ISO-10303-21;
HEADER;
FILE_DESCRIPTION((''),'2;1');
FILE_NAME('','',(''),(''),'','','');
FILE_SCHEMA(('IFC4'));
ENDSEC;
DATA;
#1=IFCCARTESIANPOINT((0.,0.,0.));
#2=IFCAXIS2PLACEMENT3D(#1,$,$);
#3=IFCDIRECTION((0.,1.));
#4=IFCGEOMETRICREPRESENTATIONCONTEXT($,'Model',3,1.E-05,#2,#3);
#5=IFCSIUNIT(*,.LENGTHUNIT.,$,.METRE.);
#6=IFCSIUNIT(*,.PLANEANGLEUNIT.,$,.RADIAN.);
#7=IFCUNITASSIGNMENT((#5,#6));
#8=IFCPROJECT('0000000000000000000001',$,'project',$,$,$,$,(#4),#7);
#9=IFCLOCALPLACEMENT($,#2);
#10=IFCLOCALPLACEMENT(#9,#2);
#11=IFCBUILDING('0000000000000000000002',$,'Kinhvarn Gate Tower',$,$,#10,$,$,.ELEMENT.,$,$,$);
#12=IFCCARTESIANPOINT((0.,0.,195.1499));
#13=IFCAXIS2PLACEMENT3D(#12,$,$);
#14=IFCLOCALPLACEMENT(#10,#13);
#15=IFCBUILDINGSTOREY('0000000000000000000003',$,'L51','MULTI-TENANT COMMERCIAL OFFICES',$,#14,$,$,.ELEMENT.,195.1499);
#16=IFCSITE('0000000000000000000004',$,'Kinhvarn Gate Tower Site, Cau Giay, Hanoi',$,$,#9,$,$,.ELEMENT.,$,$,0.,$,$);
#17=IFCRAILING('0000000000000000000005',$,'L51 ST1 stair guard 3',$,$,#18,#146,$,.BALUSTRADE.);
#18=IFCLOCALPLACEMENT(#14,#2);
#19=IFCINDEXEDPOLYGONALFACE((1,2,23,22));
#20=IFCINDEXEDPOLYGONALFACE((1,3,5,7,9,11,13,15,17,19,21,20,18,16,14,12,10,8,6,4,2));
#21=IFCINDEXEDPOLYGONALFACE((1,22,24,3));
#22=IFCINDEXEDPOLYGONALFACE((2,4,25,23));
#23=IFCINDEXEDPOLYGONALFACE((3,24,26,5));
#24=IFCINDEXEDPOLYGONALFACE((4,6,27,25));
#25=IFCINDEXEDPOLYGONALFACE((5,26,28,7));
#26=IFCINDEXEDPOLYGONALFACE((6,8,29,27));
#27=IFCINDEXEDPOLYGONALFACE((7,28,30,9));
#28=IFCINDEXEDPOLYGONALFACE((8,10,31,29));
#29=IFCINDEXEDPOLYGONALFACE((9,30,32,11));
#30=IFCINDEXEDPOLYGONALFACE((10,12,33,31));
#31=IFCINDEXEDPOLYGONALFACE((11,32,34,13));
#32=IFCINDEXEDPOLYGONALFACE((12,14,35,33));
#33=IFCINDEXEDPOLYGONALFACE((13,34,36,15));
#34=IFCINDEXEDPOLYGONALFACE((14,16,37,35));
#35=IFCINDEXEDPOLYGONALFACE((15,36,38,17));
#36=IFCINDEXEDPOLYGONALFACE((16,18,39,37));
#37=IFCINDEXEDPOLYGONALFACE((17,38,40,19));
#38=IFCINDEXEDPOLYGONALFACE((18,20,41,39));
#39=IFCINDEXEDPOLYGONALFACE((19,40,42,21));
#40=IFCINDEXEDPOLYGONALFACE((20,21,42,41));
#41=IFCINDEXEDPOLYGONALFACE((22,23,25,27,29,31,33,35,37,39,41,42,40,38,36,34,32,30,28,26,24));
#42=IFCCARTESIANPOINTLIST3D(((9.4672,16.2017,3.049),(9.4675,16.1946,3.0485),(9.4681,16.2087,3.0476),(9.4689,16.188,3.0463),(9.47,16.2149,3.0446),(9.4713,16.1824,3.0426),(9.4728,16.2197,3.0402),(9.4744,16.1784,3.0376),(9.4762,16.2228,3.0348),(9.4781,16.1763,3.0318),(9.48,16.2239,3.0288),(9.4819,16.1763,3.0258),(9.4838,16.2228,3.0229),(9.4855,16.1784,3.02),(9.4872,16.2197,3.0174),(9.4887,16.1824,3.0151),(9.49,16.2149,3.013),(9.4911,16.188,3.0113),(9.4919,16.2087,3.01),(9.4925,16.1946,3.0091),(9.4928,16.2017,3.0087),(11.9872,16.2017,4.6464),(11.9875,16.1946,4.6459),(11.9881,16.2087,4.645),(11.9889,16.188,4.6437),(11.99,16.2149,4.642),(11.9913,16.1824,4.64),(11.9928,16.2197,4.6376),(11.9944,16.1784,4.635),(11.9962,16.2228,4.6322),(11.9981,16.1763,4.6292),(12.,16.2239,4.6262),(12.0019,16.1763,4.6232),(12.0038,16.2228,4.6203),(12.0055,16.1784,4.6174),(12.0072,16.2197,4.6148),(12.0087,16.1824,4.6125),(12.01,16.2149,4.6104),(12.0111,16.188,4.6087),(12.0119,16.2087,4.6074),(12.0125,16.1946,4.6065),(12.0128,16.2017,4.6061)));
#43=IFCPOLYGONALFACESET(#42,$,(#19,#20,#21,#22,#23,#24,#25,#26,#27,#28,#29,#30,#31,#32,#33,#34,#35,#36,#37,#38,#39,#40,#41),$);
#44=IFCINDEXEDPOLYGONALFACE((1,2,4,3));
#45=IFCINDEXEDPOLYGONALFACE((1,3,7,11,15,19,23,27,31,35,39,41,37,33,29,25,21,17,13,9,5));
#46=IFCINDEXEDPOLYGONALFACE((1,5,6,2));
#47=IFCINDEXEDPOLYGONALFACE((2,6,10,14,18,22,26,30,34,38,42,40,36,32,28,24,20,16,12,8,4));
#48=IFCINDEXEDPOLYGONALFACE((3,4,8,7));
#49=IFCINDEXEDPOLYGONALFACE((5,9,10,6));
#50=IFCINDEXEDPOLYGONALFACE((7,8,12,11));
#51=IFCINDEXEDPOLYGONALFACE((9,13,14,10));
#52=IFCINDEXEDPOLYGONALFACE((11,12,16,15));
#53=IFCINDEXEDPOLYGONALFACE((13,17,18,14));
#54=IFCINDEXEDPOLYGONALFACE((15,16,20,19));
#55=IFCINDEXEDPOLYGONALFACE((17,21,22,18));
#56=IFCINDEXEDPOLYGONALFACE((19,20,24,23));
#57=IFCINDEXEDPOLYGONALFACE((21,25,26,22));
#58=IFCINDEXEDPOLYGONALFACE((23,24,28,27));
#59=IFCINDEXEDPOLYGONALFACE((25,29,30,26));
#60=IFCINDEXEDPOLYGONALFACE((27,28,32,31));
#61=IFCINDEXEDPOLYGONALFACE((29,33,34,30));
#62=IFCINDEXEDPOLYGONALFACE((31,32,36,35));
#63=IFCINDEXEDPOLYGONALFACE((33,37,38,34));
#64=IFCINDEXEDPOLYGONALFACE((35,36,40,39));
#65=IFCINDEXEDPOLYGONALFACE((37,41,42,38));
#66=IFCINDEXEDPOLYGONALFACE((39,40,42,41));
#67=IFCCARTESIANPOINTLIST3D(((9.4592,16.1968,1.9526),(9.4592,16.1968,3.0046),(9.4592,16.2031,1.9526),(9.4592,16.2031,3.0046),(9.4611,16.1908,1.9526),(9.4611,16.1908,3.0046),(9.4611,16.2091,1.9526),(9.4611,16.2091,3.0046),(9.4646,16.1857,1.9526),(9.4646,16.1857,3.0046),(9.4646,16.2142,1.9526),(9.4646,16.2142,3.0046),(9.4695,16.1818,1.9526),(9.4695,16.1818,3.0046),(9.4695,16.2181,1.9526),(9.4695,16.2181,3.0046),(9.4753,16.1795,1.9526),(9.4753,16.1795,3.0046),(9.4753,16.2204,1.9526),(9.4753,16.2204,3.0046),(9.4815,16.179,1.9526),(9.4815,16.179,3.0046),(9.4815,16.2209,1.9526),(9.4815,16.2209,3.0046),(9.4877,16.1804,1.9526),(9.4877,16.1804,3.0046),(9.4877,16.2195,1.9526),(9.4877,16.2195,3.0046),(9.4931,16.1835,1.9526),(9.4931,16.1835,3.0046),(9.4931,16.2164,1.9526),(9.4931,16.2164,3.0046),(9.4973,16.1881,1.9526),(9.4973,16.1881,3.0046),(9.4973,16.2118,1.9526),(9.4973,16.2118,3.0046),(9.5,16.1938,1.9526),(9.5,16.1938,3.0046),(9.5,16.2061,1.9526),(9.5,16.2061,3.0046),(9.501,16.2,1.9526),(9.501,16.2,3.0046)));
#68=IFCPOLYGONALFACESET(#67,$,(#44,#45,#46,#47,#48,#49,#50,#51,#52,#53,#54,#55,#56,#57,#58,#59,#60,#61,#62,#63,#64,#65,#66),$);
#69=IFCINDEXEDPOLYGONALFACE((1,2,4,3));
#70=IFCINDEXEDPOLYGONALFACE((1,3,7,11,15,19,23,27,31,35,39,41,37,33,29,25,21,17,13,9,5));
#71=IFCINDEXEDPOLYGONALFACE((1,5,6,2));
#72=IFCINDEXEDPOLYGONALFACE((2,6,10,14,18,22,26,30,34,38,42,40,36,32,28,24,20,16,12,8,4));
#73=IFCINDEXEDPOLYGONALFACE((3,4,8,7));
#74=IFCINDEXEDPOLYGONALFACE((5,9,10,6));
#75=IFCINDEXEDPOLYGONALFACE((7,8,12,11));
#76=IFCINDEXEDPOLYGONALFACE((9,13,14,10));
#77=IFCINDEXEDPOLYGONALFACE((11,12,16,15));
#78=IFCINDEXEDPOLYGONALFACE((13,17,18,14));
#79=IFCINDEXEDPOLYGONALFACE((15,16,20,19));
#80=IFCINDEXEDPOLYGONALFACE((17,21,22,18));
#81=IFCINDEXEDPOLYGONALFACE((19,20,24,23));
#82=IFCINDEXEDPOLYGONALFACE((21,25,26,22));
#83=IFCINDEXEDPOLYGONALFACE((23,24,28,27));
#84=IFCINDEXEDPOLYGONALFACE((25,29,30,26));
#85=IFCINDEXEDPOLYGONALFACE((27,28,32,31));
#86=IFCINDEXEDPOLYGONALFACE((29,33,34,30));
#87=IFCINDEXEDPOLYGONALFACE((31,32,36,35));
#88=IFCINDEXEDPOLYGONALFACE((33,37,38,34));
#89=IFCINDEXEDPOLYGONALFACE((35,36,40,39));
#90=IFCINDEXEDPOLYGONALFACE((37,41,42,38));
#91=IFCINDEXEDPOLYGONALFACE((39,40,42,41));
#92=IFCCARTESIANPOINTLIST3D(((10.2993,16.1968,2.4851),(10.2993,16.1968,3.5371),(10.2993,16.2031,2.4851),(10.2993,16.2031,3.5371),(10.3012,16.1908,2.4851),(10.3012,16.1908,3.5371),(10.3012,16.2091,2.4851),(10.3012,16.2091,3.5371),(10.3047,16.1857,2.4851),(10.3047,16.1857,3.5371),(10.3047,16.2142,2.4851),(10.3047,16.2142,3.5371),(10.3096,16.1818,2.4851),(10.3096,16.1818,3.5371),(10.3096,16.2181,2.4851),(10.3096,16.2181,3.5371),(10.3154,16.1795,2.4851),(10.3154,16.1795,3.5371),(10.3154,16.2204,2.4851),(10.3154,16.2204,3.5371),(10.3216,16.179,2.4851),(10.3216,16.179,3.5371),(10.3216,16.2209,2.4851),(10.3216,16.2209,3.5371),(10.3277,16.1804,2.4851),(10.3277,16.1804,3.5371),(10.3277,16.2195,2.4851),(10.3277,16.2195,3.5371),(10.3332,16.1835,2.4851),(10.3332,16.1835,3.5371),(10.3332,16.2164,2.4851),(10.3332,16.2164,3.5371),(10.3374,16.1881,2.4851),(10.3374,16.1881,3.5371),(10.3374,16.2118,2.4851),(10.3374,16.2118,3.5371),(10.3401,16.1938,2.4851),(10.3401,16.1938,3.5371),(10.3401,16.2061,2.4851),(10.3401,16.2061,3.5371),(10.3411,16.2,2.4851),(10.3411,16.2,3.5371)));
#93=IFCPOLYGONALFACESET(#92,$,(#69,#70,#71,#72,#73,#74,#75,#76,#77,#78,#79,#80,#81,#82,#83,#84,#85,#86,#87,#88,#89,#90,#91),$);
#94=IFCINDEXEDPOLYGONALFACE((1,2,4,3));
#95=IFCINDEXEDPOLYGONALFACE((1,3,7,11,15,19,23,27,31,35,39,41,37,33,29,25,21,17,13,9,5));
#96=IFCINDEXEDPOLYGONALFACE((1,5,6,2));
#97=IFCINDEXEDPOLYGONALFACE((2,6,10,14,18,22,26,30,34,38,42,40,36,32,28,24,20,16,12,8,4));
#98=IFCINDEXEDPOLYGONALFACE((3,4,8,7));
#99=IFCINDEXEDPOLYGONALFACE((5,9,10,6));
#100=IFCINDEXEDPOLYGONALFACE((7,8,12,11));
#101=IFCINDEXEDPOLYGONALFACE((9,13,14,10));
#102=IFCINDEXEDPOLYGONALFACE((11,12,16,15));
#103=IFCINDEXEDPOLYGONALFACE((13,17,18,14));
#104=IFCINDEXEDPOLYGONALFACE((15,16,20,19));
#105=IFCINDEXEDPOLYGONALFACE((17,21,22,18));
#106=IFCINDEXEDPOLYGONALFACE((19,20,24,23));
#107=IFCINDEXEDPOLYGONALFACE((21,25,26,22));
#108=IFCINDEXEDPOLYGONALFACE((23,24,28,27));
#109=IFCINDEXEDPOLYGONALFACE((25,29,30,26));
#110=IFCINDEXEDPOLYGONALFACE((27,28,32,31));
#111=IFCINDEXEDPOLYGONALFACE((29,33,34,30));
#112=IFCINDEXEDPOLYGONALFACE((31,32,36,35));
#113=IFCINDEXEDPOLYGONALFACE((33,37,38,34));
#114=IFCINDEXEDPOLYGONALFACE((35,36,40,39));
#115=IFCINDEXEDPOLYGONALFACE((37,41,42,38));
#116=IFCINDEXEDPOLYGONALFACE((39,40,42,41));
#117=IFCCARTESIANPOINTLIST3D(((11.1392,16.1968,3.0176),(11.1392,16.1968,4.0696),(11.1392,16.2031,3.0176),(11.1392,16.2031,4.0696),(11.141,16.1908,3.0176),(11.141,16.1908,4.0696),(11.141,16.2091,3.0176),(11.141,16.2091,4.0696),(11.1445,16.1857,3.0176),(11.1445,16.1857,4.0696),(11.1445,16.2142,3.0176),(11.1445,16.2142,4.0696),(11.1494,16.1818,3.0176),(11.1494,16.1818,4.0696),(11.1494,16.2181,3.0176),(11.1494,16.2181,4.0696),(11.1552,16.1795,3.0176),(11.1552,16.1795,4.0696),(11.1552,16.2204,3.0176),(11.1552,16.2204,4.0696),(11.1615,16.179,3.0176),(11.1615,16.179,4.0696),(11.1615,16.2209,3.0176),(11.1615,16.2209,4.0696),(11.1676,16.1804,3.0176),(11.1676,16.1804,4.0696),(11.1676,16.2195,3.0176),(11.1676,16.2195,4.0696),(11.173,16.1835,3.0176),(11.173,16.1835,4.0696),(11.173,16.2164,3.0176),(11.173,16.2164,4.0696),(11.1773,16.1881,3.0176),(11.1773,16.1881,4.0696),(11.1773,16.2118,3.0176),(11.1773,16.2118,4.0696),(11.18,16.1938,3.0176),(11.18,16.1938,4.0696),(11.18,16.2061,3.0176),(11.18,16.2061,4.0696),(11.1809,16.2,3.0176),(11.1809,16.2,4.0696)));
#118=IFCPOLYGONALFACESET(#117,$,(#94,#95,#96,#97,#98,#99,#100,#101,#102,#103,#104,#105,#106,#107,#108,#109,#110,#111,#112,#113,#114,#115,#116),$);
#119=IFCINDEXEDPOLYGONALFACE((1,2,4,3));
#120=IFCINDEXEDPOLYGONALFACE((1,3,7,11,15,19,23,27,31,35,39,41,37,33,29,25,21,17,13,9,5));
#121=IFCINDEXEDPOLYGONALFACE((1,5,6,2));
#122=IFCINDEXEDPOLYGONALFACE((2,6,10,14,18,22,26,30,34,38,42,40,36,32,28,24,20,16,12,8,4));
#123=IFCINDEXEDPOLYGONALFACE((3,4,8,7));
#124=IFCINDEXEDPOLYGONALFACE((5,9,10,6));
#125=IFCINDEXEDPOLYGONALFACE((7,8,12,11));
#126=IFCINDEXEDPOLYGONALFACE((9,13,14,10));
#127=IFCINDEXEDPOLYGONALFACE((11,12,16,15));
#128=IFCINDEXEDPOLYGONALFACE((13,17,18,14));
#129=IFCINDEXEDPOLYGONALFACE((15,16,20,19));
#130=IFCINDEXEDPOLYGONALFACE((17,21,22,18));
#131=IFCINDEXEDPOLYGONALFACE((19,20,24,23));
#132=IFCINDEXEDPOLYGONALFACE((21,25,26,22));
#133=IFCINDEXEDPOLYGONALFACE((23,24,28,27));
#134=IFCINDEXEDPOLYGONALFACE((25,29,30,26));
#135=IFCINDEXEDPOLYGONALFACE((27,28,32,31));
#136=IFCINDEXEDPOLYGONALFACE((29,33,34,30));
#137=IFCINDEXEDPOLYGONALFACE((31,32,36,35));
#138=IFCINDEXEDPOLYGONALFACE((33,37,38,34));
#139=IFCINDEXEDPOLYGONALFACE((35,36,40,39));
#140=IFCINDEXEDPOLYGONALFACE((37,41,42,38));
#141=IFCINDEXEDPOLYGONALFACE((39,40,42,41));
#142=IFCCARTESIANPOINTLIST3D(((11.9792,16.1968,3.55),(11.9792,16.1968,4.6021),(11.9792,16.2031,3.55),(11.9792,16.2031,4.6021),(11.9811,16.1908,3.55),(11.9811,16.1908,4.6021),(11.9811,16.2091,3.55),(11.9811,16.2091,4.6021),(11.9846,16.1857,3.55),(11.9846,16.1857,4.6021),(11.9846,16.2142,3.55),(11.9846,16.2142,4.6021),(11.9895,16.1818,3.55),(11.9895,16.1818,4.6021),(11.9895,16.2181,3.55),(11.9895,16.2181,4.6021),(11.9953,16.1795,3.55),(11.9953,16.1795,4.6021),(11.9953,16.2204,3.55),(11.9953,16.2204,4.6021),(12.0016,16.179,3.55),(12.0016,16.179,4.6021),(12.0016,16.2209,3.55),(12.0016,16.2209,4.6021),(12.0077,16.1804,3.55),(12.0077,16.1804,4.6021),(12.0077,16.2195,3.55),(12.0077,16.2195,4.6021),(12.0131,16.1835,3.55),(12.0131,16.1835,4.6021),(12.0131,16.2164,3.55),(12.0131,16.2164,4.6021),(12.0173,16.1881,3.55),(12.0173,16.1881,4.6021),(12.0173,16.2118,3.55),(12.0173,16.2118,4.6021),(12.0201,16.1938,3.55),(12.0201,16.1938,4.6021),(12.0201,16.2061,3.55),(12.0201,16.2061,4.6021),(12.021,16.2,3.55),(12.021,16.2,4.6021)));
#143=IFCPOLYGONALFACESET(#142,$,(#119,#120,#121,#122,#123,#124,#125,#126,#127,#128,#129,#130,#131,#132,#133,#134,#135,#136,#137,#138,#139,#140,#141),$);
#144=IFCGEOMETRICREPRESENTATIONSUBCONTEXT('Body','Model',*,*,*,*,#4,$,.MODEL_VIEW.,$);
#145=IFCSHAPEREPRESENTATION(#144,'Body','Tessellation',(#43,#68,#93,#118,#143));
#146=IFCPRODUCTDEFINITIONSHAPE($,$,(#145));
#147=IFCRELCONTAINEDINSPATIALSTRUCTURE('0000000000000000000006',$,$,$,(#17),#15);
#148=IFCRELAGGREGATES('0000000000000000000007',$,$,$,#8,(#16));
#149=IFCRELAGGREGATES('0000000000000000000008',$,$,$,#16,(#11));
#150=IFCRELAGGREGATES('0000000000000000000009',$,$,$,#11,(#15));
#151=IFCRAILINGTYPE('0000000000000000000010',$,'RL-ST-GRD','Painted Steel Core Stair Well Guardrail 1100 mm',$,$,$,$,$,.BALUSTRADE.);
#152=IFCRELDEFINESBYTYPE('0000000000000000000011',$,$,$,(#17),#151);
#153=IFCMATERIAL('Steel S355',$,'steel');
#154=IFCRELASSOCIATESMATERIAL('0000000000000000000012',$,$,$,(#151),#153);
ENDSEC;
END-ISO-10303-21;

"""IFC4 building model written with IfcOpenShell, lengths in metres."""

from ifc_helpers import new_model, si_unit, direction, frame, origin, origin_2d, place, context, subcontext, project, spatial, circle, extrude, material, type_object, element, save


model = new_model("IFC4")

# Units and contexts
model_context = context("Model", 3, precision=1e-05, world=origin(), true_north=direction((0.0, 1.0)))
body_context = subcontext(model_context, "Body", "Model", "MODEL_VIEW")
ifc_project = project(units=[si_unit("LENGTHUNIT", "METRE"), si_unit("PLANEANGLEUNIT", "RADIAN")], contexts=[model_context])

# Site, building, storey
site_placement = place(None, origin())
site = spatial("IfcSite", under=ifc_project, at=site_placement, Name="Kinhvarn Gate Tower Site, Cau Giay, Hanoi", CompositionType="ELEMENT", RefElevation=0.0)
building_placement = place(site_placement, origin())
building = spatial("IfcBuilding", under=site, at=building_placement, Name="Kinhvarn Gate Tower", CompositionType="ELEMENT")
storey_placement = place(building_placement, frame((0.0, 0.0, 195.1499)))
storey = spatial("IfcBuildingStorey", under=building, at=storey_placement, Name="L51", Description="MULTI-TENANT COMMERCIAL OFFICES", CompositionType="ELEMENT", Elevation=195.1499)

# Shared definitions
ifc_material_1 = material(Name="Steel S355", Category="steel")

# Railing
railing_type_1 = type_object("IfcRailingType", Name="RL-ST-GRD", Description="Painted Steel Core Stair Well Guardrail 1100 mm", PredefinedType="BALUSTRADE", material=ifc_material_1)
railing_1_placement = place(storey_placement, frame((9.48, 16.2, 1.9526)))
element("IfcRailing", 1, at=railing_1_placement, inside=storey, type_object=railing_type_1, Name="L51 ST1 stair guard 3", PredefinedType="BALUSTRADE", context=body_context, shape_type="SweptSolid", body=[
    extrude(circle(Radius=0.0239, at=origin_2d()), frame((0.0, 0.0, 1.0762), z_axis=(0.844607, 0.0, 0.535387), x_axis=(0.0, 1.0, 0.0)), (0.0, 0.0, 1.0), 2.9836),
    extrude(circle(Radius=0.021, at=origin_2d()), origin(), (0.0, 0.0, 1.0), 1.052),
    extrude(circle(Radius=0.021, at=origin_2d()), frame((0.8401, 0.0, 0.5325)), (0.0, 0.0, 1.0), 1.052),
    extrude(circle(Radius=0.021, at=origin_2d()), frame((1.6799, 0.0, 1.0649)), (0.0, 0.0, 1.0), 1.052),
    extrude(circle(Radius=0.021, at=origin_2d()), frame((2.52, 0.0, 1.5974)), (0.0, 0.0, 1.0), 1.052),
])

save(model, "model.ifc")
